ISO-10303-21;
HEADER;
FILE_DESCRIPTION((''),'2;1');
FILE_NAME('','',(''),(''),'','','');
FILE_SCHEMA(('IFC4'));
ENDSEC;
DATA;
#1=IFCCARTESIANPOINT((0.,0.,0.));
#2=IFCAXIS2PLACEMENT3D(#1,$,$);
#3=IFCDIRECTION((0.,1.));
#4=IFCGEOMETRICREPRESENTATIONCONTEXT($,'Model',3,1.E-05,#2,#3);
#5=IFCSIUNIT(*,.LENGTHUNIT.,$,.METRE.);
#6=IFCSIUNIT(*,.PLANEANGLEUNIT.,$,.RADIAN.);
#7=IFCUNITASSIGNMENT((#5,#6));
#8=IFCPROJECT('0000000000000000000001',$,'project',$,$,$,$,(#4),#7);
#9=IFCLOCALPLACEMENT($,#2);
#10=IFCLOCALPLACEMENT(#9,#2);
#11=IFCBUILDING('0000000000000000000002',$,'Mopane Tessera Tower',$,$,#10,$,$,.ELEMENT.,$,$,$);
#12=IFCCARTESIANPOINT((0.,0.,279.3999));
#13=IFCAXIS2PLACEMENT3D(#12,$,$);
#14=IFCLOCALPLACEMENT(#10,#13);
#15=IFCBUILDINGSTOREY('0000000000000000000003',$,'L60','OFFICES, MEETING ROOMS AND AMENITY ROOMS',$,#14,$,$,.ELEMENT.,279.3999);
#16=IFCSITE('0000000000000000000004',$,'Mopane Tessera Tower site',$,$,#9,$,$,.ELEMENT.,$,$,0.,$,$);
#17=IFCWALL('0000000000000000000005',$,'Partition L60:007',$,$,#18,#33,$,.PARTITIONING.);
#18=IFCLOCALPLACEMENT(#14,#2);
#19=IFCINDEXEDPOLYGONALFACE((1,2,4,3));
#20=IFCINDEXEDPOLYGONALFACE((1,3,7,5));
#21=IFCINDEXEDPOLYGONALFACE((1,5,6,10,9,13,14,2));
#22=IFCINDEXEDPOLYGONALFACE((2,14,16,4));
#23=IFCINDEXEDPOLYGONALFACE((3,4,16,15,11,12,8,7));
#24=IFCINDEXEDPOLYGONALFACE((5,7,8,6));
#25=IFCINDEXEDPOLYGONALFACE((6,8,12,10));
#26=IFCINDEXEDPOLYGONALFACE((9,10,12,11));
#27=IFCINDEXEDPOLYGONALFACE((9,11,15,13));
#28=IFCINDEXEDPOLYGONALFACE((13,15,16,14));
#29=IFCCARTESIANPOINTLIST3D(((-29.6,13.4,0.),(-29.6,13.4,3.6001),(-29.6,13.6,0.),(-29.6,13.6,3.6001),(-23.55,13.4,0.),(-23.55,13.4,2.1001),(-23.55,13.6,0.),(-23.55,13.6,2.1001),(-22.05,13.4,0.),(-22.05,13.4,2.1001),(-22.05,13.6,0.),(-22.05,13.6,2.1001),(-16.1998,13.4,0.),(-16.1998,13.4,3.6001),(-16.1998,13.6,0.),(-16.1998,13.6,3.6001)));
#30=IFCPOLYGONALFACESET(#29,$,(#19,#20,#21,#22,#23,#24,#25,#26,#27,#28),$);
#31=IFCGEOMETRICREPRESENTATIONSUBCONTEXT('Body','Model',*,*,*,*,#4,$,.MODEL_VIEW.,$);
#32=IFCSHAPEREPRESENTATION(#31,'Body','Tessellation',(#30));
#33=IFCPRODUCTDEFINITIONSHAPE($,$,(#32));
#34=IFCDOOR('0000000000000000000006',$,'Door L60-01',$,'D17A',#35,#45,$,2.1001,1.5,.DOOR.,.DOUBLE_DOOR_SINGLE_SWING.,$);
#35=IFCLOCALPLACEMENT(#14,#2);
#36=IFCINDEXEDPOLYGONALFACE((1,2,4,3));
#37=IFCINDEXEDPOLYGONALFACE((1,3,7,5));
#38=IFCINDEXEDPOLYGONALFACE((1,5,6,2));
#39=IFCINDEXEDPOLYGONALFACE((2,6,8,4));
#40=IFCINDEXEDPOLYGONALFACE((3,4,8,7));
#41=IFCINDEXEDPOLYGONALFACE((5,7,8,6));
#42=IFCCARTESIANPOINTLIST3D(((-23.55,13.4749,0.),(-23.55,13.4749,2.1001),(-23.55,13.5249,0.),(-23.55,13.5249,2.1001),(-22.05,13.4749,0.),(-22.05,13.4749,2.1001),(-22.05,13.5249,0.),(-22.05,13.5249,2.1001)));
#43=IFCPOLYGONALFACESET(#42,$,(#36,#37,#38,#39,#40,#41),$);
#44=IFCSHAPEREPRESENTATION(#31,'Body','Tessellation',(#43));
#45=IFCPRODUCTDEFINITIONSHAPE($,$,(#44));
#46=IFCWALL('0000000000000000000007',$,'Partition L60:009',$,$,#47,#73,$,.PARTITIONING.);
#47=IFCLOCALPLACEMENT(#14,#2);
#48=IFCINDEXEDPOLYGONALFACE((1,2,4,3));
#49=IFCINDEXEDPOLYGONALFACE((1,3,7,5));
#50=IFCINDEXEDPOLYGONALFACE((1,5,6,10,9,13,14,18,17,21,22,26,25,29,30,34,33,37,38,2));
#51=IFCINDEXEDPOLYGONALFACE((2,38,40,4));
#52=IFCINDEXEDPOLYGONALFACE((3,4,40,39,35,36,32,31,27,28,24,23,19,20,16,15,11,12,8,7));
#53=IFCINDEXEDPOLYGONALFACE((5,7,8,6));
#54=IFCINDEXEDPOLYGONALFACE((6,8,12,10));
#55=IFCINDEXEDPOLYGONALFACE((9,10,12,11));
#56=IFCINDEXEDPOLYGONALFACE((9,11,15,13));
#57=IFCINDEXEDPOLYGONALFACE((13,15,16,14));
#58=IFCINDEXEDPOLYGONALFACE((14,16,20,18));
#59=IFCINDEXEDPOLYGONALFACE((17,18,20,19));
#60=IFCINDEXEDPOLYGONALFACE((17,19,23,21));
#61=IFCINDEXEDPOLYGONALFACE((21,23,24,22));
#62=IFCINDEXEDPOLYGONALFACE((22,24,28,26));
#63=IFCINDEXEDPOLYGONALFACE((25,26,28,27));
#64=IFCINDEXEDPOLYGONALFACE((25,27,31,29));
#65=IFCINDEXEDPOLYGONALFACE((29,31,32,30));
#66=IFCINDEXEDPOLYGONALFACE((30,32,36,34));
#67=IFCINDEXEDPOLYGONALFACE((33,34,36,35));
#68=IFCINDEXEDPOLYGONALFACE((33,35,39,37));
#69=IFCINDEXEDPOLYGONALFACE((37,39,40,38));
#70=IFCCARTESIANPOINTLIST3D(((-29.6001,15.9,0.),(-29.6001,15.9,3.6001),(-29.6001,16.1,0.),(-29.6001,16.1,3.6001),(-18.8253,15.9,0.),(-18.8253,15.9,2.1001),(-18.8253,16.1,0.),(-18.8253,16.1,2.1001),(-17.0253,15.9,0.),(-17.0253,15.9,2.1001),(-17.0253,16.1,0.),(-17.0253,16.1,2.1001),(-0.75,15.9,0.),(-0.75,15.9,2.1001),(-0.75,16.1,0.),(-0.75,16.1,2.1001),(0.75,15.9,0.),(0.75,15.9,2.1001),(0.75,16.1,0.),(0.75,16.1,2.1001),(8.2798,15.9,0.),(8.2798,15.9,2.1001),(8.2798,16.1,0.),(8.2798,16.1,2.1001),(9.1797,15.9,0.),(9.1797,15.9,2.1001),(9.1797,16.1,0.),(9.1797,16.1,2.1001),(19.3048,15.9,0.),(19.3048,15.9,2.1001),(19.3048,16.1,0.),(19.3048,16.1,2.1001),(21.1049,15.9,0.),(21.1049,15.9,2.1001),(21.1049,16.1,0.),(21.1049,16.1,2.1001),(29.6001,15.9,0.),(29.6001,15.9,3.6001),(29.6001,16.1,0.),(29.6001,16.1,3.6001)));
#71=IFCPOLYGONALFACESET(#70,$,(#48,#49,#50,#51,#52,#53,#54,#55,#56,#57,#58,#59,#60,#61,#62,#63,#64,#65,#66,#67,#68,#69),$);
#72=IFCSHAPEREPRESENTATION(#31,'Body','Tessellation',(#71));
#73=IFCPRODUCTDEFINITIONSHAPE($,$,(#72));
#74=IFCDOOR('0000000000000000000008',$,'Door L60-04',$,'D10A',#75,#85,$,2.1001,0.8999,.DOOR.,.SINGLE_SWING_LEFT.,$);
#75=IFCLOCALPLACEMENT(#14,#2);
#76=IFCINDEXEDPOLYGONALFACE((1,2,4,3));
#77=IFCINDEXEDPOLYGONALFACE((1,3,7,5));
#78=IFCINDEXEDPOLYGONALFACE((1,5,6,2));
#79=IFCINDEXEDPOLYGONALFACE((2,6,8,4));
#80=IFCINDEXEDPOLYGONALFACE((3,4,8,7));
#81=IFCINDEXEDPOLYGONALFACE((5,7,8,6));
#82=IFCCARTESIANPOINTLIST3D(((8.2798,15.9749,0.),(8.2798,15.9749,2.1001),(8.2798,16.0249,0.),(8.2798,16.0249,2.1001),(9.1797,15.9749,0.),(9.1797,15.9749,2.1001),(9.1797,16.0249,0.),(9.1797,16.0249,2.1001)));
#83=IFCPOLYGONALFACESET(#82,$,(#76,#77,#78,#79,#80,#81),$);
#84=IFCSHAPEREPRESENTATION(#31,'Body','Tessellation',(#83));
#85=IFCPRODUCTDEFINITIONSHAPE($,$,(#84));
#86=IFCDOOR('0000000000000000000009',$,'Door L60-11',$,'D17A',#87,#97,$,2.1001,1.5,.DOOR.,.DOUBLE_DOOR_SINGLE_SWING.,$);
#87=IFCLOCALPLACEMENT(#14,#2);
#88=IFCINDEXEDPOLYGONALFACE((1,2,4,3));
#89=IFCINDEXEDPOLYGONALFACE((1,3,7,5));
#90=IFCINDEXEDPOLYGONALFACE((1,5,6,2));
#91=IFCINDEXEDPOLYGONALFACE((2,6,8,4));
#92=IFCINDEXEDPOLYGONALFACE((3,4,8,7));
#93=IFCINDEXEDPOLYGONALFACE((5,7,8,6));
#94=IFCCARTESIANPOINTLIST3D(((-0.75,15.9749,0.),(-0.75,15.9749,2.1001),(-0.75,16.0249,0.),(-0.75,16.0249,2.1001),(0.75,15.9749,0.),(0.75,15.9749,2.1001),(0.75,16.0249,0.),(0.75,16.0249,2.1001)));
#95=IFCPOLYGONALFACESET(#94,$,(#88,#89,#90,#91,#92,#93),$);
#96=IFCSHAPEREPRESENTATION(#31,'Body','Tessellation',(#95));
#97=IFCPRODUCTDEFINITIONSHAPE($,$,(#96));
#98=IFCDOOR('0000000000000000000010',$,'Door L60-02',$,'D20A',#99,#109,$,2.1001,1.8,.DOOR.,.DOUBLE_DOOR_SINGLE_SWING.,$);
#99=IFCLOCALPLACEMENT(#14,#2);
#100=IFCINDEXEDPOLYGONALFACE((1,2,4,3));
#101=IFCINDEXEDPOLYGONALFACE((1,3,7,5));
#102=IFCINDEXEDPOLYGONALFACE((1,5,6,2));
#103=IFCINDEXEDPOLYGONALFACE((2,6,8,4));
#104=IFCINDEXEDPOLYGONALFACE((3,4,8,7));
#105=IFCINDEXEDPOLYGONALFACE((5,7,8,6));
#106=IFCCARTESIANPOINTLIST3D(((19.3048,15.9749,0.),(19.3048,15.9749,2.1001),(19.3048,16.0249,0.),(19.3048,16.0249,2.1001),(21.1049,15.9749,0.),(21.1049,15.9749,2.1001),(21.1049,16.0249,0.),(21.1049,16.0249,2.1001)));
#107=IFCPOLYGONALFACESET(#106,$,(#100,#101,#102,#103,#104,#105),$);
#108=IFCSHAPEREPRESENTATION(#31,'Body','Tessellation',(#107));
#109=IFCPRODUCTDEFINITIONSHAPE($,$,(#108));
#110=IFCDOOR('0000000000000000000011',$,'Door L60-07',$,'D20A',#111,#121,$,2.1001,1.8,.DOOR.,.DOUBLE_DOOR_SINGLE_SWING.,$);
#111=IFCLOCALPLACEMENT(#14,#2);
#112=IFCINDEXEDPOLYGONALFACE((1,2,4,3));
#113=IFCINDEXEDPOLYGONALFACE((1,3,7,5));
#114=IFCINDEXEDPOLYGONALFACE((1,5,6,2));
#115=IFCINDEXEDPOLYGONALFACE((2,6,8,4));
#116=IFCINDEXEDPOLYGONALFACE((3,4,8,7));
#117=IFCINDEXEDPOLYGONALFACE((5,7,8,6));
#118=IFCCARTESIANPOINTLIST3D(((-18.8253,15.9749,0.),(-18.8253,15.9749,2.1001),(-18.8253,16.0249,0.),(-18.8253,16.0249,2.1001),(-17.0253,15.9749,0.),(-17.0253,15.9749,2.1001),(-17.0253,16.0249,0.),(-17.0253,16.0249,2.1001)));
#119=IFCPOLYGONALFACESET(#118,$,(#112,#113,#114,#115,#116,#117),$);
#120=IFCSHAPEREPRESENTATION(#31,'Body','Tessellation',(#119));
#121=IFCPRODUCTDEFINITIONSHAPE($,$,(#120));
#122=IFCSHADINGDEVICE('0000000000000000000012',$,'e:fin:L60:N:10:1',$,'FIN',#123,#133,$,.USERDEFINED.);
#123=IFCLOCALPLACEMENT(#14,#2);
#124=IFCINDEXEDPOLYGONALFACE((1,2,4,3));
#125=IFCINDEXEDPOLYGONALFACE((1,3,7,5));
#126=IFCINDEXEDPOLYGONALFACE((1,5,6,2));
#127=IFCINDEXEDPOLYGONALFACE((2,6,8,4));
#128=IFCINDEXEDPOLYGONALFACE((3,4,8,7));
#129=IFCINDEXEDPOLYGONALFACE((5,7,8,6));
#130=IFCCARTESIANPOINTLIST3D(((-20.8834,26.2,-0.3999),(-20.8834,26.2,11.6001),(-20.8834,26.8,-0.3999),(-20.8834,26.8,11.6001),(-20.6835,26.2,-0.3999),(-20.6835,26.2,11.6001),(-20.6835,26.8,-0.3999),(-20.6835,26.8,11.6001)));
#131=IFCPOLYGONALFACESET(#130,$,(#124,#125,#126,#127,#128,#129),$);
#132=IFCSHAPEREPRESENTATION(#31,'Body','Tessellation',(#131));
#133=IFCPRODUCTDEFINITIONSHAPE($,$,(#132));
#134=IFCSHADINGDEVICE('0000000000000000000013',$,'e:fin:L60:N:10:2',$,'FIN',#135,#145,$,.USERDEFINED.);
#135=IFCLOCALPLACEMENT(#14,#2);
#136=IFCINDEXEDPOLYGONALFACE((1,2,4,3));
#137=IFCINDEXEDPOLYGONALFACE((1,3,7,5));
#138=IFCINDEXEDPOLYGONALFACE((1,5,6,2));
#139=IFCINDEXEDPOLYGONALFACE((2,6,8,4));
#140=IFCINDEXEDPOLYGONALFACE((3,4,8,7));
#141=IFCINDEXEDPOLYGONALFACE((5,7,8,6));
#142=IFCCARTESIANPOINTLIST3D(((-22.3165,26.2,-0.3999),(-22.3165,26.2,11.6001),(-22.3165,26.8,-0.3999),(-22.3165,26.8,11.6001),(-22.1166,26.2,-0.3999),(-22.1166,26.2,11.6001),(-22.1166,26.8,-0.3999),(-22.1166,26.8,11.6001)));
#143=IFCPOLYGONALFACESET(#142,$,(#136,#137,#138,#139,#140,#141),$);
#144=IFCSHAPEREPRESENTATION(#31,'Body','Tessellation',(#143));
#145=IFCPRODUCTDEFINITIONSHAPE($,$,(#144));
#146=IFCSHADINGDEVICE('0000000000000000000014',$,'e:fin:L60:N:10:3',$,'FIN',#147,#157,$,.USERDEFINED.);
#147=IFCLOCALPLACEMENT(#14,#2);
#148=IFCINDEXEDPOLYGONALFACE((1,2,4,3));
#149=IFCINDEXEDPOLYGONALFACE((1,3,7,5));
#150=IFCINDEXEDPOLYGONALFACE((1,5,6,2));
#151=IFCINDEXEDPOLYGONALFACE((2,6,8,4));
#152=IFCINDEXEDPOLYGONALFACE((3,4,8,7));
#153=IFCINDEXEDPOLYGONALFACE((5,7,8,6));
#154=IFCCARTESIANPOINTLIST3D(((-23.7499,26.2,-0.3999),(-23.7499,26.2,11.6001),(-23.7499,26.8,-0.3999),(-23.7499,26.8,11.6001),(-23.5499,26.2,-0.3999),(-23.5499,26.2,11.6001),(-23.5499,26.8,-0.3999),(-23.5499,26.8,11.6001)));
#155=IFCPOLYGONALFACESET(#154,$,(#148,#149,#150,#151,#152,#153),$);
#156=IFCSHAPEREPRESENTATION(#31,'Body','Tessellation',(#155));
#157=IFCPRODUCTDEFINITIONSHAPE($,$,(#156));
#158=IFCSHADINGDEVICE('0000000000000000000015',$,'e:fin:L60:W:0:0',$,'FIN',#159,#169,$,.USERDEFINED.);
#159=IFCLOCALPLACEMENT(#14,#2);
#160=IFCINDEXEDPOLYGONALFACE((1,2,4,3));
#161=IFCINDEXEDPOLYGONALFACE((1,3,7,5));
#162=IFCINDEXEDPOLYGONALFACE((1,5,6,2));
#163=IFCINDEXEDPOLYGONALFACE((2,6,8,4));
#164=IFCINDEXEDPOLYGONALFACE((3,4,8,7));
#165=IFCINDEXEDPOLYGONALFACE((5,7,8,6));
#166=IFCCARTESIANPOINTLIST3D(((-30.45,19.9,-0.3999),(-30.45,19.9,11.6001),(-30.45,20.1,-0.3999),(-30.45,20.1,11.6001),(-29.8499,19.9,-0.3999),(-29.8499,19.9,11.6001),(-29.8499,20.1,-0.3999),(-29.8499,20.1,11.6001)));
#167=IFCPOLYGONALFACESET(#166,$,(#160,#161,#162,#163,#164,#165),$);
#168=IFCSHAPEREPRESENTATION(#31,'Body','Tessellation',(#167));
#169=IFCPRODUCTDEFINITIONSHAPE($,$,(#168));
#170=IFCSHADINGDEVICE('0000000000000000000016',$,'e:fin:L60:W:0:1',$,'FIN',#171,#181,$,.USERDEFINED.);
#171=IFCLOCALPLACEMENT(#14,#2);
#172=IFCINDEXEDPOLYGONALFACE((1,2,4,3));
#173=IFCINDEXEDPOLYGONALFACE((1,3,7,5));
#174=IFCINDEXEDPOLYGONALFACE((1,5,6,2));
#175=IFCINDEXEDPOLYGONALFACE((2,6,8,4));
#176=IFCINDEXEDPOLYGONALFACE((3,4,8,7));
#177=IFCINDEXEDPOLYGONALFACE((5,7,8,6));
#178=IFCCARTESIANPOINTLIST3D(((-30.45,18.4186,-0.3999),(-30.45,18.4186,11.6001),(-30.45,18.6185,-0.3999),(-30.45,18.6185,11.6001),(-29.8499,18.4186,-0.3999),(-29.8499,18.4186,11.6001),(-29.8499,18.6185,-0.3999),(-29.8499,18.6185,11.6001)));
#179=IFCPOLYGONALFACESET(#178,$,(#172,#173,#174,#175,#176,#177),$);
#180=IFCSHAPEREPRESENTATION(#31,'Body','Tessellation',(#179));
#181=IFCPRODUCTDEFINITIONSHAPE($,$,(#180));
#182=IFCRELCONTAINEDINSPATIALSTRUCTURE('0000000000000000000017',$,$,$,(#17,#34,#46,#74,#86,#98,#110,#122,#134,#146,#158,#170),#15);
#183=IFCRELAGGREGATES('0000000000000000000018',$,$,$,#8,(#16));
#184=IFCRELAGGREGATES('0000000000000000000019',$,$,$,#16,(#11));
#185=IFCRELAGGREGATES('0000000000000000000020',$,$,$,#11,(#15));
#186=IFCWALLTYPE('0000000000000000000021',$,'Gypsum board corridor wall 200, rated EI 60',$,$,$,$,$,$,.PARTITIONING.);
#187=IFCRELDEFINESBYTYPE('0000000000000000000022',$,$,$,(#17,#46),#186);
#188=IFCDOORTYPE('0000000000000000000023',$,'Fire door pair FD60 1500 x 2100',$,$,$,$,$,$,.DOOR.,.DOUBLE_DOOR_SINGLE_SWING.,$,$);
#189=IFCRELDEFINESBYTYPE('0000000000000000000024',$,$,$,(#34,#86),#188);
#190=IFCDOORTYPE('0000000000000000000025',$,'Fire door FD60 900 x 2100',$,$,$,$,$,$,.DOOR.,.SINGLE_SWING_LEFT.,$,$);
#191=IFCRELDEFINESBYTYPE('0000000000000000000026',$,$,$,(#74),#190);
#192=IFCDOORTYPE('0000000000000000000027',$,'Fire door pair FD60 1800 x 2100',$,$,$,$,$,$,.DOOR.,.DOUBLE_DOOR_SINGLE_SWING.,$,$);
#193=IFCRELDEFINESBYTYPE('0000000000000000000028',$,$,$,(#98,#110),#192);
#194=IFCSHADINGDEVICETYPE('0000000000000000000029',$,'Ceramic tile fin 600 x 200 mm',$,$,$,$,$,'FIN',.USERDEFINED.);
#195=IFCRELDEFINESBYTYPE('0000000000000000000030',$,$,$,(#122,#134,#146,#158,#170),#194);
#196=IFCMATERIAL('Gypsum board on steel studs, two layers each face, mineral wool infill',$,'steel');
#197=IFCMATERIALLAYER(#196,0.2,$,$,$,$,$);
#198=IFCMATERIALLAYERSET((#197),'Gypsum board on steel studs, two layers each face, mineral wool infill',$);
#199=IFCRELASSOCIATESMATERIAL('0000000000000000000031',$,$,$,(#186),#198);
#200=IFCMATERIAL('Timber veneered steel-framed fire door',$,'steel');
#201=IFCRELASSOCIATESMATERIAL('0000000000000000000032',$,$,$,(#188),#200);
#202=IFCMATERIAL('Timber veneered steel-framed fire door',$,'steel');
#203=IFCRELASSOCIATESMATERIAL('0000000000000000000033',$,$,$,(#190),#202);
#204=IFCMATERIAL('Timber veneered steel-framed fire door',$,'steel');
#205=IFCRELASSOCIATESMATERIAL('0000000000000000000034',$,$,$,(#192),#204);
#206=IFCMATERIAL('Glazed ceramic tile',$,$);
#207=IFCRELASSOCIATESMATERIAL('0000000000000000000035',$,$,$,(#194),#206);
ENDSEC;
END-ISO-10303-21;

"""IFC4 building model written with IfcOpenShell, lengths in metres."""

from ifc_helpers import new_model, si_unit, direction, frame, frame_2d, origin, origin_2d, place, context, subcontext, project, spatial, rectangle, extrude, material, layer, layer_set, type_object, element, fill, save


model = new_model("IFC4")

# Units and contexts
model_context = context("Model", 3, precision=1e-05, world=origin(), true_north=direction((0.0, 1.0)))
body_context = subcontext(model_context, "Body", "Model", "MODEL_VIEW")
ifc_project = project(units=[si_unit("LENGTHUNIT", "METRE"), si_unit("PLANEANGLEUNIT", "RADIAN")], contexts=[model_context])

# Site, building, storey
site_placement = place(None, origin())
site = spatial("IfcSite", under=ifc_project, at=site_placement, Name="Mopane Tessera Tower site", CompositionType="ELEMENT", RefElevation=0.0)
building_placement = place(site_placement, origin())
building = spatial("IfcBuilding", under=site, at=building_placement, Name="Mopane Tessera Tower", CompositionType="ELEMENT")
storey_placement = place(building_placement, frame((0.0, 0.0, 279.3999)))
storey = spatial("IfcBuildingStorey", under=building, at=storey_placement, Name="L60", Description="OFFICES, MEETING ROOMS AND AMENITY ROOMS", CompositionType="ELEMENT", Elevation=279.3999)

# Wall, opening, door
ifc_material_1 = material(Name="Gypsum board on steel studs, two layers each face, mineral wool infill", Category="steel")
ifc_layer_1 = layer(ifc_material_1, 0.2)
ifc_layer_set_1 = layer_set([ifc_layer_1], Name="Gypsum board on steel studs, two layers each face, mineral wool infill")
wall_type = type_object("IfcWallType", Name="Gypsum board corridor wall 200, rated EI 60", PredefinedType="PARTITIONING", material=ifc_layer_set_1)
wall_1_placement = place(storey_placement, frame((-29.6001, 13.5, 0.0), z_axis=(0.0, 0.0, 1.0), x_axis=(1.0, 0.0, 0.0)))
wall_1 = element("IfcWall", 1, at=wall_1_placement, inside=storey, type_object=wall_type, Name="Partition L60:007", PredefinedType="PARTITIONING", context=body_context, shape_type="SweptSolid", body=[
    extrude(rectangle(XDim=13.4001, YDim=0.2, at=frame_2d((6.7002, 0.0))), origin(), (0.0, 0.0, 1.0), 3.6001),
])
opening_1_placement = place(wall_1_placement, frame((6.05, 0.0, 0.0)))
opening_1 = element("IfcOpeningElement", 2, at=opening_1_placement, cuts=wall_1, PredefinedType="OPENING", context=body_context, shape_type="SweptSolid", body=[
    extrude(rectangle(XDim=1.5, YDim=2.1001, at=frame_2d((0.75, 1.05))), frame((0.0, 0.1121, 0.0), z_axis=(0.0, -1.0, 0.0), x_axis=(1.0, 0.0, 0.0)), (0.0, 0.0, 1.0), 0.2239),
])
ifc_material_2 = material(Name="Timber veneered steel-framed fire door", Category="steel")
door_type_1 = type_object("IfcDoorType", Name="Fire door pair FD60 1500 x 2100", OperationType="DOUBLE_DOOR_SINGLE_SWING", PredefinedType="DOOR", material=ifc_material_2)
door_1_placement = place(opening_1_placement, origin())
door_1 = element("IfcDoor", 3, at=door_1_placement, inside=storey, type_object=door_type_1, Name="Door L60-01", ObjectType="D17A", OperationType="DOUBLE_DOOR_SINGLE_SWING", OverallHeight=2.1001, OverallWidth=1.5, PredefinedType="DOOR", context=body_context, shape_type="SweptSolid", body=[
    extrude(rectangle(XDim=1.5, YDim=2.1001, at=frame_2d((0.75, 1.05))), frame((0.0, 0.0249, 0.0), z_axis=(0.0, -1.0, 0.0), x_axis=(1.0, 0.0, 0.0)), (0.0, 0.0, 1.0), 0.05),
])
fill(opening_1, door_1)

# Wall, openings, doors
wall_2_placement = place(storey_placement, frame((-29.6001, 16.0, 0.0), z_axis=(0.0, 0.0, 1.0), x_axis=(1.0, 0.0, 0.0)))
wall_2 = element("IfcWall", 4, at=wall_2_placement, inside=storey, type_object=wall_type, Name="Partition L60:009", PredefinedType="PARTITIONING", context=body_context, shape_type="SweptSolid", body=[
    extrude(rectangle(XDim=59.2002, YDim=0.2, at=frame_2d((29.6001, 0.0))), origin(), (0.0, 0.0, 1.0), 3.6001),
])
opening_2_placement = place(wall_2_placement, frame((48.905, 0.0, 0.0)))
opening_2 = element("IfcOpeningElement", 5, at=opening_2_placement, cuts=wall_2, PredefinedType="OPENING", context=body_context, shape_type="SweptSolid", body=[
    extrude(rectangle(XDim=1.8, YDim=2.1001, at=frame_2d((0.8999, 1.05))), frame((0.0, 0.1121, 0.0), z_axis=(0.0, -1.0, 0.0), x_axis=(1.0, 0.0, 0.0)), (0.0, 0.0, 1.0), 0.2239),
])
opening_3_placement = place(wall_2_placement, frame((37.8799, 0.0, 0.0)))
opening_3 = element("IfcOpeningElement", 6, at=opening_3_placement, cuts=wall_2, PredefinedType="OPENING", context=body_context, shape_type="SweptSolid", body=[
    extrude(rectangle(XDim=0.8999, YDim=2.1001, at=frame_2d((0.45, 1.05))), frame((0.0, 0.1121, 0.0), z_axis=(0.0, -1.0, 0.0), x_axis=(1.0, 0.0, 0.0)), (0.0, 0.0, 1.0), 0.2239),
])
opening_4_placement = place(wall_2_placement, frame((10.7749, 0.0, 0.0)))
opening_4 = element("IfcOpeningElement", 7, at=opening_4_placement, cuts=wall_2, PredefinedType="OPENING", context=body_context, shape_type="SweptSolid", body=[
    extrude(rectangle(XDim=1.8, YDim=2.1001, at=frame_2d((0.8999, 1.05))), frame((0.0, 0.1121, 0.0), z_axis=(0.0, -1.0, 0.0), x_axis=(1.0, 0.0, 0.0)), (0.0, 0.0, 1.0), 0.2239),
])
opening_5_placement = place(wall_2_placement, frame((28.8501, 0.0, 0.0)))
opening_5 = element("IfcOpeningElement", 8, at=opening_5_placement, cuts=wall_2, PredefinedType="OPENING", context=body_context, shape_type="SweptSolid", body=[
    extrude(rectangle(XDim=1.5, YDim=2.1001, at=frame_2d((0.75, 1.05))), frame((0.0, 0.1121, 0.0), z_axis=(0.0, -1.0, 0.0), x_axis=(1.0, 0.0, 0.0)), (0.0, 0.0, 1.0), 0.2239),
])
ifc_material_3 = material(Name="Timber veneered steel-framed fire door", Category="steel")
door_type_2 = type_object("IfcDoorType", Name="Fire door FD60 900 x 2100", OperationType="SINGLE_SWING_LEFT", PredefinedType="DOOR", material=ifc_material_3)
door_2_placement = place(opening_3_placement, origin())
door_2 = element("IfcDoor", 9, at=door_2_placement, inside=storey, type_object=door_type_2, Name="Door L60-04", ObjectType="D10A", OperationType="SINGLE_SWING_LEFT", OverallHeight=2.1001, OverallWidth=0.8999, PredefinedType="DOOR", context=body_context, shape_type="SweptSolid", body=[
    extrude(rectangle(XDim=0.8999, YDim=2.1001, at=frame_2d((0.45, 1.05))), frame((0.0, 0.0249, 0.0), z_axis=(0.0, -1.0, 0.0), x_axis=(1.0, 0.0, 0.0)), (0.0, 0.0, 1.0), 0.05),
])
fill(opening_3, door_2)
door_3_placement = place(opening_5_placement, origin())
door_3 = element("IfcDoor", 10, at=door_3_placement, inside=storey, type_object=door_type_1, Name="Door L60-11", ObjectType="D17A", OperationType="DOUBLE_DOOR_SINGLE_SWING", OverallHeight=2.1001, OverallWidth=1.5, PredefinedType="DOOR", context=body_context, shape_type="SweptSolid", body=[
    extrude(rectangle(XDim=1.5, YDim=2.1001, at=frame_2d((0.75, 1.05))), frame((0.0, 0.0249, 0.0), z_axis=(0.0, -1.0, 0.0), x_axis=(1.0, 0.0, 0.0)), (0.0, 0.0, 1.0), 0.05),
])
fill(opening_5, door_3)
ifc_material_4 = material(Name="Timber veneered steel-framed fire door", Category="steel")
door_type_3 = type_object("IfcDoorType", Name="Fire door pair FD60 1800 x 2100", OperationType="DOUBLE_DOOR_SINGLE_SWING", PredefinedType="DOOR", material=ifc_material_4)
door_4_placement = place(opening_2_placement, origin())
door_4 = element("IfcDoor", 11, at=door_4_placement, inside=storey, type_object=door_type_3, Name="Door L60-02", ObjectType="D20A", OperationType="DOUBLE_DOOR_SINGLE_SWING", OverallHeight=2.1001, OverallWidth=1.8, PredefinedType="DOOR", context=body_context, shape_type="SweptSolid", body=[
    extrude(rectangle(XDim=1.8, YDim=2.1001, at=frame_2d((0.8999, 1.05))), frame((0.0, 0.0249, 0.0), z_axis=(0.0, -1.0, 0.0), x_axis=(1.0, 0.0, 0.0)), (0.0, 0.0, 1.0), 0.05),
])
fill(opening_2, door_4)
door_5_placement = place(opening_4_placement, origin())
door_5 = element("IfcDoor", 12, at=door_5_placement, inside=storey, type_object=door_type_3, Name="Door L60-07", ObjectType="D20A", OperationType="DOUBLE_DOOR_SINGLE_SWING", OverallHeight=2.1001, OverallWidth=1.8, PredefinedType="DOOR", context=body_context, shape_type="SweptSolid", body=[
    extrude(rectangle(XDim=1.8, YDim=2.1001, at=frame_2d((0.8999, 1.05))), frame((0.0, 0.0249, 0.0), z_axis=(0.0, -1.0, 0.0), x_axis=(1.0, 0.0, 0.0)), (0.0, 0.0, 1.0), 0.05),
])
fill(opening_4, door_5)

# Shading devices
ifc_material_5 = material(Name="Glazed ceramic tile")
shading_device_type = type_object("IfcShadingDeviceType", Name="Ceramic tile fin 600 x 200 mm", ElementType="FIN", PredefinedType="USERDEFINED", material=ifc_material_5)
for number, where, z_axis, x_axis, name in (
    (13, (-20.7834, 26.5, -0.3999), (0.0, 0.0, 1.0), (-1.0, 0.0, 0.0), "e:fin:L60:N:10:1"),
    (14, (-22.2166, 26.5, -0.3999), (0.0, 0.0, 1.0), (-1.0, 0.0, 0.0), "e:fin:L60:N:10:2"),
    (15, (-23.6499, 26.5, -0.3999), (0.0, 0.0, 1.0), (-1.0, 0.0, 0.0), "e:fin:L60:N:10:3"),
    (16, (-30.1499, 20.0, -0.3999), (0.0, 0.0, 1.0), (0.0, -1.0, 0.0), "e:fin:L60:W:0:0"),
    (17, (-30.1499, 18.5186, -0.3999), (0.0, 0.0, 1.0), (0.0, -1.0, 0.0), "e:fin:L60:W:0:1"),
):
    element("IfcShadingDevice", number, at=place(storey_placement, frame(where, z_axis=z_axis, x_axis=x_axis)), inside=storey, type_object=shading_device_type, Name=name, ObjectType="FIN", PredefinedType="USERDEFINED", context=body_context, shape_type="SweptSolid", body=[
        extrude(rectangle(XDim=0.2, YDim=0.6001, at=origin_2d()), origin(), (0.0, 0.0, 1.0), 12.0),
    ])

save(model, "model.ifc")
